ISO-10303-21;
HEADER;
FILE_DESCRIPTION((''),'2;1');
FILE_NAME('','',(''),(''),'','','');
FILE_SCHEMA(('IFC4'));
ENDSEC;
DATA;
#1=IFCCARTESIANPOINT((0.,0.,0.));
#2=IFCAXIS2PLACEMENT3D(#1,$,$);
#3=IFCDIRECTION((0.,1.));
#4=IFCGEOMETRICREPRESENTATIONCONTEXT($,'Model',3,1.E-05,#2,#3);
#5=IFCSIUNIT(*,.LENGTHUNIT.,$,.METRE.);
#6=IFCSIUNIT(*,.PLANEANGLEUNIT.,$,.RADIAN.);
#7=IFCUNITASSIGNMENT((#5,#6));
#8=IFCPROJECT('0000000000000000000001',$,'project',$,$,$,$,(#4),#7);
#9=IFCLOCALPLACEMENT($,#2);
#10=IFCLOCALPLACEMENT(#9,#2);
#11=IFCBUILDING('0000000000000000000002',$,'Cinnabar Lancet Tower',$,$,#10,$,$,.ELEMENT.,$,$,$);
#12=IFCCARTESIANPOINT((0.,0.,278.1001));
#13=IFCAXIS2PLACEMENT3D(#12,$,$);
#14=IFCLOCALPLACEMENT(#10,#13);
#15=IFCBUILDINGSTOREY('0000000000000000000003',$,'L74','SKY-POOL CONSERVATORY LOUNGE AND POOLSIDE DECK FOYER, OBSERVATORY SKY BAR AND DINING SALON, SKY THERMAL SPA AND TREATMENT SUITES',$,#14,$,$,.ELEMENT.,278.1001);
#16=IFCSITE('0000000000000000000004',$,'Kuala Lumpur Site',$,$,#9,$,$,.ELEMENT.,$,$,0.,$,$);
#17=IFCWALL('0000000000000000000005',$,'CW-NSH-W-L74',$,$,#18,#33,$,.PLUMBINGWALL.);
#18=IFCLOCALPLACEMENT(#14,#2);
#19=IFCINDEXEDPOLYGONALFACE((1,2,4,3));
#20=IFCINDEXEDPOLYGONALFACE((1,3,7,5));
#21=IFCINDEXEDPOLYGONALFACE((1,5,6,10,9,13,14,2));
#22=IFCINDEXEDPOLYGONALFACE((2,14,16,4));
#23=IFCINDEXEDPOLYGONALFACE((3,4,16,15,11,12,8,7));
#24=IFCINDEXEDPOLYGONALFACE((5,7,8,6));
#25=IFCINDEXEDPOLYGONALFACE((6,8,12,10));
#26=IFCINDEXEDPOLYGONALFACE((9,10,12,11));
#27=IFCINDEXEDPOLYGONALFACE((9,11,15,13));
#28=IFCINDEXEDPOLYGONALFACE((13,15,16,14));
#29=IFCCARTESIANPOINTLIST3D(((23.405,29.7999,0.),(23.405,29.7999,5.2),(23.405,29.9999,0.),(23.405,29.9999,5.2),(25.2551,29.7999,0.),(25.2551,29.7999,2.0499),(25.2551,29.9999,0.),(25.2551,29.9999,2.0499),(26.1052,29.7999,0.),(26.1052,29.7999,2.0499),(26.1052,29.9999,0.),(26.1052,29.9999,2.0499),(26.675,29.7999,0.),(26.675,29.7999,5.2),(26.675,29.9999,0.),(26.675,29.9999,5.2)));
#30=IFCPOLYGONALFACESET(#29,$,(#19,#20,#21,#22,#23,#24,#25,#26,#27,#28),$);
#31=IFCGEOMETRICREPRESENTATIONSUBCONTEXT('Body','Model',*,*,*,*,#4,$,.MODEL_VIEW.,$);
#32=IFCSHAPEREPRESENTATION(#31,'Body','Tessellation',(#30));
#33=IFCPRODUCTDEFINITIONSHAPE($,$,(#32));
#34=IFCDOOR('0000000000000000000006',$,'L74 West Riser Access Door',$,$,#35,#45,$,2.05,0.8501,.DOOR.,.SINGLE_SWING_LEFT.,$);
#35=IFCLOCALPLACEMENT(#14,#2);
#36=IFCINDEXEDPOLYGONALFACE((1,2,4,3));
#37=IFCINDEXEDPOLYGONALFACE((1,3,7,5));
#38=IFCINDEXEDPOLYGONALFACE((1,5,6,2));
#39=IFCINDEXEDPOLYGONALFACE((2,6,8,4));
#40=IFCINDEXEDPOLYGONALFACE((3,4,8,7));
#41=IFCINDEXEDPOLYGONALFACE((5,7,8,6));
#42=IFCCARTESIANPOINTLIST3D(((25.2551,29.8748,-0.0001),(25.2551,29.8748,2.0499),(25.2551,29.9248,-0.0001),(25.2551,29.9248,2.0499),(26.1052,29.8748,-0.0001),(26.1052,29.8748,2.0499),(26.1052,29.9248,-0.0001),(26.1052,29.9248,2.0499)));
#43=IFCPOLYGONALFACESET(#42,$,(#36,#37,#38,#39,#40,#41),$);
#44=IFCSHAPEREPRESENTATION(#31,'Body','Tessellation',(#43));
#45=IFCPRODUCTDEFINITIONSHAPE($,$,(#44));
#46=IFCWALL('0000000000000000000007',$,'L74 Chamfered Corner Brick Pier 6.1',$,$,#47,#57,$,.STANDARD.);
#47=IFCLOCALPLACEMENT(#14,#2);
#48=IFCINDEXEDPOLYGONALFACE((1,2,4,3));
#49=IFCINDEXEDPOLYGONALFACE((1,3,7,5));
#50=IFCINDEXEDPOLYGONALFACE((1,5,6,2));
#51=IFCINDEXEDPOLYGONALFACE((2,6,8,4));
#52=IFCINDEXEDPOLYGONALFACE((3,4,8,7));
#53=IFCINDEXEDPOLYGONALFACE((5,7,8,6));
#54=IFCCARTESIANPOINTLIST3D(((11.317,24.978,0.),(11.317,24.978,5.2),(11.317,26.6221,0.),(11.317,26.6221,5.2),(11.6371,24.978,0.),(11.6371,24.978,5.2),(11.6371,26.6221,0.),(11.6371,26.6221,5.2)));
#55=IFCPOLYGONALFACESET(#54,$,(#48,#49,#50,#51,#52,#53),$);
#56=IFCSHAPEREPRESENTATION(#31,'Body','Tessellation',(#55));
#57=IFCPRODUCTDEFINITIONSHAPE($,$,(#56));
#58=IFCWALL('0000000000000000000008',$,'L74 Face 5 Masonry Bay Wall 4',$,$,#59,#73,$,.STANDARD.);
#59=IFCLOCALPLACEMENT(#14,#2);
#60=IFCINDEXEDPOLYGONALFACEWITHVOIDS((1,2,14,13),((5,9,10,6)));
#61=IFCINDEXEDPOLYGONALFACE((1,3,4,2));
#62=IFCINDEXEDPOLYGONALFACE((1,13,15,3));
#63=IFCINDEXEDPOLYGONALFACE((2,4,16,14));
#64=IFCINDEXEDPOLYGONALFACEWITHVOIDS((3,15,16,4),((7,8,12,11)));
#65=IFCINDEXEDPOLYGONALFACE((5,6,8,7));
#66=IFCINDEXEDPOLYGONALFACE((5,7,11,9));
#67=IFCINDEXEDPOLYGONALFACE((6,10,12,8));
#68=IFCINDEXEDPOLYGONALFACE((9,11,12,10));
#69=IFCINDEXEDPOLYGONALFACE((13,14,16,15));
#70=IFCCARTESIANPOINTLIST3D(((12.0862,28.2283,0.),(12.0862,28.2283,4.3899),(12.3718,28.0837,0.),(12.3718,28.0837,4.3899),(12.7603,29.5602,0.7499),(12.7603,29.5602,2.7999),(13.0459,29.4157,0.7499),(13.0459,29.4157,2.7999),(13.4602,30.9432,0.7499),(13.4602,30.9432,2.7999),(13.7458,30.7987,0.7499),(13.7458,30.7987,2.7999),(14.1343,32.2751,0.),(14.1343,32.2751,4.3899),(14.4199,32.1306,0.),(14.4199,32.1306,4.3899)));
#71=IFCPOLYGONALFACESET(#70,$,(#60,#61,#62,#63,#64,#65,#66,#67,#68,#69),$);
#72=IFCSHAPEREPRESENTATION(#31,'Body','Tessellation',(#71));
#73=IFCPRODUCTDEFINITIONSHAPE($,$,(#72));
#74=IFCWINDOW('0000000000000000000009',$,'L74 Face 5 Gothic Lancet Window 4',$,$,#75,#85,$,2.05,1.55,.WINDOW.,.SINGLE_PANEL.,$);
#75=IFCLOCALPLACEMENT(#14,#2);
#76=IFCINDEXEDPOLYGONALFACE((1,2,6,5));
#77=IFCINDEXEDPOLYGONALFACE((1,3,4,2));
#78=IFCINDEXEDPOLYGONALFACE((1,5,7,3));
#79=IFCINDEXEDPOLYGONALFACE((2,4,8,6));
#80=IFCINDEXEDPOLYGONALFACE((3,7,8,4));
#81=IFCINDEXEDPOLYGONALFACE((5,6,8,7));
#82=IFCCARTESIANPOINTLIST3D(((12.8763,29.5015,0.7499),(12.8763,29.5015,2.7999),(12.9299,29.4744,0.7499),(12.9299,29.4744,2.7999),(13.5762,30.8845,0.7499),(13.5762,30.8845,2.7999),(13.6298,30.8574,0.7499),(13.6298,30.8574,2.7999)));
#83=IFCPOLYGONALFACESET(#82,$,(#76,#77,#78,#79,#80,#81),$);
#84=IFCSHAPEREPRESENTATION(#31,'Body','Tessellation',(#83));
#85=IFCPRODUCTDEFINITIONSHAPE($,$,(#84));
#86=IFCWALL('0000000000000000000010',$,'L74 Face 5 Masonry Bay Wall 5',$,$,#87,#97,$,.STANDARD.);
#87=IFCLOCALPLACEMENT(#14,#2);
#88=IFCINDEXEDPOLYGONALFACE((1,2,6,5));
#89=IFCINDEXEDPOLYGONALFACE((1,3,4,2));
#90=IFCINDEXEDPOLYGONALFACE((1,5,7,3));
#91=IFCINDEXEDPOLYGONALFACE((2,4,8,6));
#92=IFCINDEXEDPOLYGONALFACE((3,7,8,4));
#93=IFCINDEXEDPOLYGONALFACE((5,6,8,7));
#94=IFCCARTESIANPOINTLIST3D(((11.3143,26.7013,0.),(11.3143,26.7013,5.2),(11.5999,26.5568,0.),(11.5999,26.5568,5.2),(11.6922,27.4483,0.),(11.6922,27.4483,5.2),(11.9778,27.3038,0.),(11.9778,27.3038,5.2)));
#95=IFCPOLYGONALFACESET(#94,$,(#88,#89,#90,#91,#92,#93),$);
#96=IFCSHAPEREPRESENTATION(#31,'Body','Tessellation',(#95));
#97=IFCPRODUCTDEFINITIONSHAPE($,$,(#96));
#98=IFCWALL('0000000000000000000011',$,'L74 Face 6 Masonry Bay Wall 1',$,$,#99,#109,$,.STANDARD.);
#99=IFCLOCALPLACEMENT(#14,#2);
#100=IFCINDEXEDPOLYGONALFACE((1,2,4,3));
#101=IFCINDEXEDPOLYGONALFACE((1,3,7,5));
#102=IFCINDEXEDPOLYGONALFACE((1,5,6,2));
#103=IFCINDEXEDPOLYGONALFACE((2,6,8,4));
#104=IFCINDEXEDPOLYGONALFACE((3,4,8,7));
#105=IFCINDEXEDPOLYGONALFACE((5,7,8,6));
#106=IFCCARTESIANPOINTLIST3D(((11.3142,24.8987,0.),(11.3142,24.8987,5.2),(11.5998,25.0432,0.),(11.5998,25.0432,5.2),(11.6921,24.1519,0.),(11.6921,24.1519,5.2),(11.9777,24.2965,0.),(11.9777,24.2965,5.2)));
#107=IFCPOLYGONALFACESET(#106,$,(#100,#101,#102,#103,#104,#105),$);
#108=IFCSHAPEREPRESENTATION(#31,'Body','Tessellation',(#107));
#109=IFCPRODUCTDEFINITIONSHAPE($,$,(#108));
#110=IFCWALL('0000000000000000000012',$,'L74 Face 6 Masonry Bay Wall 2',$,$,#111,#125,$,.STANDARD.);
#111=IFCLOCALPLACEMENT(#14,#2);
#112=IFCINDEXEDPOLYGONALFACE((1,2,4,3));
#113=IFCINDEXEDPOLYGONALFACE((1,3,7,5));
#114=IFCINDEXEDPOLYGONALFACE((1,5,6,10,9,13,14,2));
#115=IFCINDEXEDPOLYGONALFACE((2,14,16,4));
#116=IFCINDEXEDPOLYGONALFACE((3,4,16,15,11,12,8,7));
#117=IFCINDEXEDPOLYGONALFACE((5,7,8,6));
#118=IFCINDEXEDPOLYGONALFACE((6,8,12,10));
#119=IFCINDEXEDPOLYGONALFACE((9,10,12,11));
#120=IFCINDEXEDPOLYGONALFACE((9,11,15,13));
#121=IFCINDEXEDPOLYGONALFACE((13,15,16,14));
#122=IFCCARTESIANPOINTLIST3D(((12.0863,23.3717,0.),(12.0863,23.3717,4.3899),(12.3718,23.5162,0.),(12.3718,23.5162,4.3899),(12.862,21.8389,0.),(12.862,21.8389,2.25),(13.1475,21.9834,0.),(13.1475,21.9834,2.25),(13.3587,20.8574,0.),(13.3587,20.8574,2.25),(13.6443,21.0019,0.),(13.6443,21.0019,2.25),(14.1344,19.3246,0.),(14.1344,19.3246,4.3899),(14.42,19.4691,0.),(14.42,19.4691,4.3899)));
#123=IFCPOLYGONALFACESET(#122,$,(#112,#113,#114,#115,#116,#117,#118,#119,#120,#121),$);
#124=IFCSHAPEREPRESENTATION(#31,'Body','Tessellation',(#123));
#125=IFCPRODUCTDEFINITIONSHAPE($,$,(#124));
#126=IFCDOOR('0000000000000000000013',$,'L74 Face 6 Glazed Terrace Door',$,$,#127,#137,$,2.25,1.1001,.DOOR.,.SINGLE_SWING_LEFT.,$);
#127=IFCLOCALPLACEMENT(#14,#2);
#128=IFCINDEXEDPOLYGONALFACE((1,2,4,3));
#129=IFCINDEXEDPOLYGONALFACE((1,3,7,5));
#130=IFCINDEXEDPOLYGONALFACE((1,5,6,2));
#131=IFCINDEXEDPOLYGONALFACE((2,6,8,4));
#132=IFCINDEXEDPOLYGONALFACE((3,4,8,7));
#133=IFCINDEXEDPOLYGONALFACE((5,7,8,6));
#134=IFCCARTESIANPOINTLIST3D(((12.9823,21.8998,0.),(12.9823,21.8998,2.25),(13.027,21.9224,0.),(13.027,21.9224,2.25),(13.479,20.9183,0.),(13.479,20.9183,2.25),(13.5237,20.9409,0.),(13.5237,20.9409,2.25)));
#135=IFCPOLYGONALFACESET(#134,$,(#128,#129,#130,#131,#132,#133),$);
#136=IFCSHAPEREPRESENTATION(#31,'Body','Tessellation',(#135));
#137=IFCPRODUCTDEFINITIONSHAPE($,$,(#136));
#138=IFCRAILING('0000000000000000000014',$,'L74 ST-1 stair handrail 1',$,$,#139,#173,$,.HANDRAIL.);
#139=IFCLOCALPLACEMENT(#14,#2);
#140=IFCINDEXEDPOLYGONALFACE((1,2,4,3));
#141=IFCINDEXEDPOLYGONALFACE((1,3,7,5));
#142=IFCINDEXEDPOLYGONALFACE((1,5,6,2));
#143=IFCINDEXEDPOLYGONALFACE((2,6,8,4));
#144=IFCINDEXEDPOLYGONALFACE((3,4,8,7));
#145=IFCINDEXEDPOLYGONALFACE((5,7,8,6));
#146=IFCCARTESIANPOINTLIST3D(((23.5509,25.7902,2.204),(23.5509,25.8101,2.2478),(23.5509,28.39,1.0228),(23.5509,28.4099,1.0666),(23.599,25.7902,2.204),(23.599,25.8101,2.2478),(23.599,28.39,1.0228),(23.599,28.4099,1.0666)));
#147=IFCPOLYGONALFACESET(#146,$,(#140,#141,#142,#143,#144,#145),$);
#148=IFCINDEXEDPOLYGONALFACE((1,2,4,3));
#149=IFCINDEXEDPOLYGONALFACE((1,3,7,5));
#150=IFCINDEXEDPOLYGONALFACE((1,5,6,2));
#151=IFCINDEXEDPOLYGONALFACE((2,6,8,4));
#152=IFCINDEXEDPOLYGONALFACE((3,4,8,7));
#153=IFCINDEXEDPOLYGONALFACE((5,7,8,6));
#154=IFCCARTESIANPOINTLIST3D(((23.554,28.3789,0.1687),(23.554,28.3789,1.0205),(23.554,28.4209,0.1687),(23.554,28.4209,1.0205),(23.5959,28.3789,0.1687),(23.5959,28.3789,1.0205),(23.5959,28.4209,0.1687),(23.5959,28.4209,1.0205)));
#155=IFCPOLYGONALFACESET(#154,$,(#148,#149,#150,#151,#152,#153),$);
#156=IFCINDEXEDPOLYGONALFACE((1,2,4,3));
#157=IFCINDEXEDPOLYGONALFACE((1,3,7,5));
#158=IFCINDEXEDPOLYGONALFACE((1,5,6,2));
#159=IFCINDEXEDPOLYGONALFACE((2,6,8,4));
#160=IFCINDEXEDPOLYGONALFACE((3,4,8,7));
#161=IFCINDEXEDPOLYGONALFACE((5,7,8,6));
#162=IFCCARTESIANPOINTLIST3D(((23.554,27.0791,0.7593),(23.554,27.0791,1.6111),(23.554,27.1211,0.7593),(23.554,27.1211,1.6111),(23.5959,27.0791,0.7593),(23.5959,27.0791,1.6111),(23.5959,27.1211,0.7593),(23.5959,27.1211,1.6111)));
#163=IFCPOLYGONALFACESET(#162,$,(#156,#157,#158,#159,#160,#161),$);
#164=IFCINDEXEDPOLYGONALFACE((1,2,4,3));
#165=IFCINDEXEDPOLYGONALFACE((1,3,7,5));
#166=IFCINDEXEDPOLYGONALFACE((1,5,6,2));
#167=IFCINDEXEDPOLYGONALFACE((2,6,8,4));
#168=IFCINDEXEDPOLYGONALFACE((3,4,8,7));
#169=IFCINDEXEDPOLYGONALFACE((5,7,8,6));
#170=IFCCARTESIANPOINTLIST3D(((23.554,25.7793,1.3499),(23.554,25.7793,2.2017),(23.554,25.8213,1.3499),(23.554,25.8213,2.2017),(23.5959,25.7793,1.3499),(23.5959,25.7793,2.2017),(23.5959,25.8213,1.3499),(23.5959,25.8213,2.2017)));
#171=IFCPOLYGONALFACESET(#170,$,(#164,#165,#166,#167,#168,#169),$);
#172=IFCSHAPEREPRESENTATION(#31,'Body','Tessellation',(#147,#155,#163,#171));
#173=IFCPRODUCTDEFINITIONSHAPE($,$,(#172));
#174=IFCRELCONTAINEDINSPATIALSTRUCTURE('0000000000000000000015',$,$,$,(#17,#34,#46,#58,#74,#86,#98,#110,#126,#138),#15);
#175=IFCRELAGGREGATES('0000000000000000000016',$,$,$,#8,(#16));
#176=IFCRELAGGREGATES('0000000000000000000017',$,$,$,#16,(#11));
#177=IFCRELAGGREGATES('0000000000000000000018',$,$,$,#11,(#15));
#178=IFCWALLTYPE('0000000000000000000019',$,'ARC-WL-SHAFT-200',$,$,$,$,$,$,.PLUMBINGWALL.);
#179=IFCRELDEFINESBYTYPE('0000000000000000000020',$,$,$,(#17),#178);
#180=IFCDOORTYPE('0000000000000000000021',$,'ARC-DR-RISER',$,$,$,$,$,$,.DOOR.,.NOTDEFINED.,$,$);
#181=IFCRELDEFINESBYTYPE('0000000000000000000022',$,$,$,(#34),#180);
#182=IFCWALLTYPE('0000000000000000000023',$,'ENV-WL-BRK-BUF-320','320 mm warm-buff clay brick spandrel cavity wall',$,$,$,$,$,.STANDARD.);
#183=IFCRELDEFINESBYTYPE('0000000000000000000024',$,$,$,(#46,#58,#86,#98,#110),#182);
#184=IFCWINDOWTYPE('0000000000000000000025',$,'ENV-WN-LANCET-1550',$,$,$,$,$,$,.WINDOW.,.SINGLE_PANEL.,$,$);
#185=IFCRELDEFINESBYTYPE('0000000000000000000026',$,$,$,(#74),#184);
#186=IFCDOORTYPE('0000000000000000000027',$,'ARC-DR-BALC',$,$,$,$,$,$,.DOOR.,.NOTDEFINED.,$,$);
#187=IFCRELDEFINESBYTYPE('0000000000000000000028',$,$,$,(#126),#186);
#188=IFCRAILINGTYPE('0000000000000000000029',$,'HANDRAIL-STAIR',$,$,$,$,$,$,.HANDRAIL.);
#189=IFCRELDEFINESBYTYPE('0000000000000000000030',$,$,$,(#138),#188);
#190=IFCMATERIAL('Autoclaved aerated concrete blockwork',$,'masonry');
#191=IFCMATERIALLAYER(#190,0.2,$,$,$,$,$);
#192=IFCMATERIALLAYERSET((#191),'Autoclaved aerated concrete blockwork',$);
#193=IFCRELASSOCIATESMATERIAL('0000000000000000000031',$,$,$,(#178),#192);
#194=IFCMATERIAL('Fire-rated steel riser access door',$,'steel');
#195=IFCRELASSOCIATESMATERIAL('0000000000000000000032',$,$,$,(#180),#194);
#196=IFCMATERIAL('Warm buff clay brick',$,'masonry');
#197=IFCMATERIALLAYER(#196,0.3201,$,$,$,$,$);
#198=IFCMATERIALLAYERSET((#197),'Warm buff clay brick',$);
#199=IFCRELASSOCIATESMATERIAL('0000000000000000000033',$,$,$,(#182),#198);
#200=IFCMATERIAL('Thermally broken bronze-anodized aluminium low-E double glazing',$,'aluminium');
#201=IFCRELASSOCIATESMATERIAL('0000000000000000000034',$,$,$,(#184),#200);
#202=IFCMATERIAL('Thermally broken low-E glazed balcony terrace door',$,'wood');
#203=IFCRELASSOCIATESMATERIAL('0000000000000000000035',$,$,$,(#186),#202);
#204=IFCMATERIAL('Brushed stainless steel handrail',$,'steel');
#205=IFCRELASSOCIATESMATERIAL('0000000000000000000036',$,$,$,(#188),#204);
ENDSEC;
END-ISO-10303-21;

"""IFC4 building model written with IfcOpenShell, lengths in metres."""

from ifc_helpers import new_model, si_unit, direction, frame, frame_2d, origin, origin_2d, place, context, subcontext, project, spatial, rectangle, extrude, material, layer, layer_set, type_object, element, fill, save


model = new_model("IFC4")

# Units and contexts
model_context = context("Model", 3, precision=1e-05, world=origin(), true_north=direction((0.0, 1.0)))
body_context = subcontext(model_context, "Body", "Model", "MODEL_VIEW")
ifc_project = project(units=[si_unit("LENGTHUNIT", "METRE"), si_unit("PLANEANGLEUNIT", "RADIAN")], contexts=[model_context])

# Site, building, storey
site_placement = place(None, origin())
site = spatial("IfcSite", under=ifc_project, at=site_placement, Name="Kuala Lumpur Site", CompositionType="ELEMENT", RefElevation=0.0)
building_placement = place(site_placement, origin())
building = spatial("IfcBuilding", under=site, at=building_placement, Name="Cinnabar Lancet Tower", CompositionType="ELEMENT")
storey_placement = place(building_placement, frame((0.0, 0.0, 278.1001)))
storey = spatial("IfcBuildingStorey", under=building, at=storey_placement, Name="L74", Description="SKY-POOL CONSERVATORY LOUNGE AND POOLSIDE DECK FOYER, OBSERVATORY SKY BAR AND DINING SALON, SKY THERMAL SPA AND TREATMENT SUITES", CompositionType="ELEMENT", Elevation=278.1001)

# Wall, opening, door
ifc_material_1 = material(Name="Autoclaved aerated concrete blockwork", Category="masonry")
ifc_layer_1 = layer(ifc_material_1, 0.2)
ifc_layer_set_1 = layer_set([ifc_layer_1], Name="Autoclaved aerated concrete blockwork")
wall_type_1 = type_object("IfcWallType", Name="ARC-WL-SHAFT-200", PredefinedType="PLUMBINGWALL", material=ifc_layer_set_1)
wall_1_placement = place(storey_placement, frame((23.405, 29.8999, 0.0), z_axis=(0.0, 0.0, 1.0), x_axis=(1.0, 0.0, 0.0)))
wall_1 = element("IfcWall", 1, at=wall_1_placement, inside=storey, type_object=wall_type_1, Name="CW-NSH-W-L74", PredefinedType="PLUMBINGWALL", context=body_context, shape_type="SweptSolid", body=[
    extrude(rectangle(XDim=3.27, YDim=0.2, at=frame_2d((1.635, 0.0))), origin(), (0.0, 0.0, 1.0), 5.2),
])
opening_1_placement = place(wall_1_placement, frame((1.8501, 0.0, 0.0)))
opening_1 = element("IfcOpeningElement", 2, at=opening_1_placement, cuts=wall_1, PredefinedType="OPENING", context=body_context, shape_type="SweptSolid", body=[
    extrude(rectangle(XDim=0.8501, YDim=2.05, at=frame_2d((0.425, 1.0249))), frame((0.0, 0.1099, 0.0), z_axis=(0.0, -1.0, 0.0), x_axis=(1.0, 0.0, 0.0)), (0.0, 0.0, 1.0), 0.22),
])
ifc_material_2 = material(Name="Fire-rated steel riser access door", Category="steel")
door_type_1 = type_object("IfcDoorType", Name="ARC-DR-RISER", OperationType="NOTDEFINED", PredefinedType="DOOR", material=ifc_material_2)
door_1_placement = place(opening_1_placement, origin())
door_1 = element("IfcDoor", 3, at=door_1_placement, inside=storey, type_object=door_type_1, Name="L74 West Riser Access Door", OperationType="SINGLE_SWING_LEFT", OverallHeight=2.05, OverallWidth=0.8501, PredefinedType="DOOR", context=body_context, shape_type="SweptSolid", body=[
    extrude(rectangle(XDim=0.8501, YDim=2.05, at=frame_2d((0.425, 1.0249))), frame((0.0, 0.0249, 0.0), z_axis=(0.0, -1.0, 0.0), x_axis=(1.0, 0.0, 0.0)), (0.0, 0.0, 1.0), 0.05),
])
fill(opening_1, door_1)

# Wall
ifc_material_3 = material(Name="Warm buff clay brick", Category="masonry")
ifc_layer_2 = layer(ifc_material_3, 0.3201)
ifc_layer_set_2 = layer_set([ifc_layer_2], Name="Warm buff clay brick")
wall_type_2 = type_object("IfcWallType", Name="ENV-WL-BRK-BUF-320", Description="320 mm warm-buff clay brick spandrel cavity wall", PredefinedType="STANDARD", material=ifc_layer_set_2)
wall_2_placement = place(storey_placement, frame((11.4771, 26.6221, 0.0), z_axis=(0.0, 0.0, 1.0), x_axis=(0.0, -1.0, 0.0)))
element("IfcWall", 4, at=wall_2_placement, inside=storey, type_object=wall_type_2, Name="L74 Chamfered Corner Brick Pier 6.1", PredefinedType="STANDARD", context=body_context, shape_type="SweptSolid", body=[
    extrude(rectangle(XDim=1.644, YDim=0.3201, at=frame_2d((0.822, 0.0))), origin(), (0.0, 0.0, 1.0), 5.2),
])

# Wall, opening, window
wall_3_placement = place(storey_placement, frame((14.2771, 32.2029, 0.0), z_axis=(0.0, 0.0, 1.0), x_axis=(-0.451558, -0.892242, 0.0)))
wall_3 = element("IfcWall", 5, at=wall_3_placement, inside=storey, type_object=wall_type_2, Name="L74 Face 5 Masonry Bay Wall 4", PredefinedType="STANDARD", context=body_context, shape_type="SweptSolid", body=[
    extrude(rectangle(XDim=4.5356, YDim=0.3201, at=frame_2d((2.2678, 0.0))), origin(), (0.0, 0.0, 1.0), 4.3899),
])
opening_2_placement = place(wall_3_placement, frame((1.4929, 0.0, 0.75)))
opening_2 = element("IfcOpeningElement", 6, at=opening_2_placement, cuts=wall_3, PredefinedType="OPENING", context=body_context, shape_type="SweptSolid", body=[
    extrude(rectangle(XDim=1.55, YDim=2.05, at=frame_2d((0.7749, 1.0249))), frame((0.0, 0.1699, 0.0), z_axis=(0.0, -1.0, 0.0), x_axis=(1.0, 0.0, 0.0)), (0.0, 0.0, 1.0), 0.3401),
])
ifc_material_4 = material(Name="Thermally broken bronze-anodized aluminium low-E double glazing", Category="aluminium")
window_type = type_object("IfcWindowType", Name="ENV-WN-LANCET-1550", PartitioningType="SINGLE_PANEL", PredefinedType="WINDOW", material=ifc_material_4)
window_placement = place(opening_2_placement, origin())
window = element("IfcWindow", 7, at=window_placement, inside=storey, type_object=window_type, Name="L74 Face 5 Gothic Lancet Window 4", OverallHeight=2.05, OverallWidth=1.55, PartitioningType="SINGLE_PANEL", PredefinedType="WINDOW", context=body_context, shape_type="SweptSolid", body=[
    extrude(rectangle(XDim=1.55, YDim=2.05, at=frame_2d((0.7749, 1.0249))), frame((0.0, 0.03, 0.0), z_axis=(0.0, -1.0, 0.0), x_axis=(1.0, 0.0, 0.0)), (0.0, 0.0, 1.0), 0.0601),
])
fill(opening_2, window)

# Walls
wall_4_placement = place(storey_placement, frame((11.835, 27.376, 0.0), z_axis=(0.0, 0.0, 1.0), x_axis=(-0.451408, -0.892318, 0.0)))
element("IfcWall", 8, at=wall_4_placement, inside=storey, type_object=wall_type_2, Name="L74 Face 5 Masonry Bay Wall 5", PredefinedType="STANDARD", context=body_context, shape_type="SweptSolid", body=[
    extrude(rectangle(XDim=0.8372, YDim=0.3201, at=frame_2d((0.4185, 0.0))), origin(), (0.0, 0.0, 1.0), 5.2),
])
wall_5_placement = place(storey_placement, frame((11.457, 24.9709, 0.0), z_axis=(0.0, 0.0, 1.0), x_axis=(0.451525, -0.892258, 0.0)))
element("IfcWall", 9, at=wall_5_placement, inside=storey, type_object=wall_type_2, Name="L74 Face 6 Masonry Bay Wall 1", PredefinedType="STANDARD", context=body_context, shape_type="SweptSolid", body=[
    extrude(rectangle(XDim=0.8369, YDim=0.3201, at=frame_2d((0.4185, 0.0))), origin(), (0.0, 0.0, 1.0), 5.2),
])

# Wall, opening, door
wall_6_placement = place(storey_placement, frame((12.229, 23.4441, 0.0), z_axis=(0.0, 0.0, 1.0), x_axis=(0.451536, -0.892253, 0.0)))
wall_6 = element("IfcWall", 10, at=wall_6_placement, inside=storey, type_object=wall_type_2, Name="L74 Face 6 Masonry Bay Wall 2", PredefinedType="STANDARD", context=body_context, shape_type="SweptSolid", body=[
    extrude(rectangle(XDim=4.5359, YDim=0.3201, at=frame_2d((2.2681, 0.0))), origin(), (0.0, 0.0, 1.0), 4.3899),
])
opening_3_placement = place(wall_6_placement, frame((1.718, 0.0, 0.0)))
opening_3 = element("IfcOpeningElement", 11, at=opening_3_placement, cuts=wall_6, PredefinedType="OPENING", context=body_context, shape_type="SweptSolid", body=[
    extrude(rectangle(XDim=1.1001, YDim=2.25, at=frame_2d((0.55, 1.125))), frame((0.0, 0.1699, 0.0), z_axis=(0.0, -1.0, 0.0), x_axis=(1.0, 0.0, 0.0)), (0.0, 0.0, 1.0), 0.3401),
])
ifc_material_5 = material(Name="Thermally broken low-E glazed balcony terrace door", Category="wood")
door_type_2 = type_object("IfcDoorType", Name="ARC-DR-BALC", OperationType="NOTDEFINED", PredefinedType="DOOR", material=ifc_material_5)
door_2_placement = place(opening_3_placement, origin())
door_2 = element("IfcDoor", 12, at=door_2_placement, inside=storey, type_object=door_type_2, Name="L74 Face 6 Glazed Terrace Door", OperationType="SINGLE_SWING_LEFT", OverallHeight=2.25, OverallWidth=1.1001, PredefinedType="DOOR", context=body_context, shape_type="SweptSolid", body=[
    extrude(rectangle(XDim=1.1001, YDim=2.25, at=frame_2d((0.55, 1.125))), frame((0.0, 0.0249, 0.0), z_axis=(0.0, -1.0, 0.0), x_axis=(1.0, 0.0, 0.0)), (0.0, 0.0, 1.0), 0.05),
])
fill(opening_3, door_2)

# Railing
ifc_material_6 = material(Name="Brushed stainless steel handrail", Category="steel")
railing_type_1 = type_object("IfcRailingType", Name="HANDRAIL-STAIR", PredefinedType="HANDRAIL", material=ifc_material_6)
railing_1_placement = place(storey_placement, frame((23.575, 28.3999, 0.1687)))
element("IfcRailing", 13, at=railing_1_placement, inside=storey, type_object=railing_type_1, Name="L74 ST-1 stair handrail 1", PredefinedType="HANDRAIL", context=body_context, shape_type="SweptSolid", body=[
    extrude(rectangle(XDim=0.0481, YDim=0.0481, at=origin_2d()), frame((0.0, 0.0, 0.876), z_axis=(0.0, -0.910431, 0.413661), x_axis=(1.0, 0.0, 0.0)), (0.0, 0.0, 1.0), 2.8555),
    extrude(rectangle(XDim=0.042, YDim=0.042, at=origin_2d()), origin(), (0.0, 0.0, 1.0), 0.8518),
    extrude(rectangle(XDim=0.042, YDim=0.042, at=origin_2d()), frame((0.0, -1.2998, 0.5906)), (0.0, 0.0, 1.0), 0.8518),
    extrude(rectangle(XDim=0.042, YDim=0.042, at=origin_2d()), frame((0.0, -2.5996, 1.1812)), (0.0, 0.0, 1.0), 0.8518),
])

save(model, "model.ifc")
